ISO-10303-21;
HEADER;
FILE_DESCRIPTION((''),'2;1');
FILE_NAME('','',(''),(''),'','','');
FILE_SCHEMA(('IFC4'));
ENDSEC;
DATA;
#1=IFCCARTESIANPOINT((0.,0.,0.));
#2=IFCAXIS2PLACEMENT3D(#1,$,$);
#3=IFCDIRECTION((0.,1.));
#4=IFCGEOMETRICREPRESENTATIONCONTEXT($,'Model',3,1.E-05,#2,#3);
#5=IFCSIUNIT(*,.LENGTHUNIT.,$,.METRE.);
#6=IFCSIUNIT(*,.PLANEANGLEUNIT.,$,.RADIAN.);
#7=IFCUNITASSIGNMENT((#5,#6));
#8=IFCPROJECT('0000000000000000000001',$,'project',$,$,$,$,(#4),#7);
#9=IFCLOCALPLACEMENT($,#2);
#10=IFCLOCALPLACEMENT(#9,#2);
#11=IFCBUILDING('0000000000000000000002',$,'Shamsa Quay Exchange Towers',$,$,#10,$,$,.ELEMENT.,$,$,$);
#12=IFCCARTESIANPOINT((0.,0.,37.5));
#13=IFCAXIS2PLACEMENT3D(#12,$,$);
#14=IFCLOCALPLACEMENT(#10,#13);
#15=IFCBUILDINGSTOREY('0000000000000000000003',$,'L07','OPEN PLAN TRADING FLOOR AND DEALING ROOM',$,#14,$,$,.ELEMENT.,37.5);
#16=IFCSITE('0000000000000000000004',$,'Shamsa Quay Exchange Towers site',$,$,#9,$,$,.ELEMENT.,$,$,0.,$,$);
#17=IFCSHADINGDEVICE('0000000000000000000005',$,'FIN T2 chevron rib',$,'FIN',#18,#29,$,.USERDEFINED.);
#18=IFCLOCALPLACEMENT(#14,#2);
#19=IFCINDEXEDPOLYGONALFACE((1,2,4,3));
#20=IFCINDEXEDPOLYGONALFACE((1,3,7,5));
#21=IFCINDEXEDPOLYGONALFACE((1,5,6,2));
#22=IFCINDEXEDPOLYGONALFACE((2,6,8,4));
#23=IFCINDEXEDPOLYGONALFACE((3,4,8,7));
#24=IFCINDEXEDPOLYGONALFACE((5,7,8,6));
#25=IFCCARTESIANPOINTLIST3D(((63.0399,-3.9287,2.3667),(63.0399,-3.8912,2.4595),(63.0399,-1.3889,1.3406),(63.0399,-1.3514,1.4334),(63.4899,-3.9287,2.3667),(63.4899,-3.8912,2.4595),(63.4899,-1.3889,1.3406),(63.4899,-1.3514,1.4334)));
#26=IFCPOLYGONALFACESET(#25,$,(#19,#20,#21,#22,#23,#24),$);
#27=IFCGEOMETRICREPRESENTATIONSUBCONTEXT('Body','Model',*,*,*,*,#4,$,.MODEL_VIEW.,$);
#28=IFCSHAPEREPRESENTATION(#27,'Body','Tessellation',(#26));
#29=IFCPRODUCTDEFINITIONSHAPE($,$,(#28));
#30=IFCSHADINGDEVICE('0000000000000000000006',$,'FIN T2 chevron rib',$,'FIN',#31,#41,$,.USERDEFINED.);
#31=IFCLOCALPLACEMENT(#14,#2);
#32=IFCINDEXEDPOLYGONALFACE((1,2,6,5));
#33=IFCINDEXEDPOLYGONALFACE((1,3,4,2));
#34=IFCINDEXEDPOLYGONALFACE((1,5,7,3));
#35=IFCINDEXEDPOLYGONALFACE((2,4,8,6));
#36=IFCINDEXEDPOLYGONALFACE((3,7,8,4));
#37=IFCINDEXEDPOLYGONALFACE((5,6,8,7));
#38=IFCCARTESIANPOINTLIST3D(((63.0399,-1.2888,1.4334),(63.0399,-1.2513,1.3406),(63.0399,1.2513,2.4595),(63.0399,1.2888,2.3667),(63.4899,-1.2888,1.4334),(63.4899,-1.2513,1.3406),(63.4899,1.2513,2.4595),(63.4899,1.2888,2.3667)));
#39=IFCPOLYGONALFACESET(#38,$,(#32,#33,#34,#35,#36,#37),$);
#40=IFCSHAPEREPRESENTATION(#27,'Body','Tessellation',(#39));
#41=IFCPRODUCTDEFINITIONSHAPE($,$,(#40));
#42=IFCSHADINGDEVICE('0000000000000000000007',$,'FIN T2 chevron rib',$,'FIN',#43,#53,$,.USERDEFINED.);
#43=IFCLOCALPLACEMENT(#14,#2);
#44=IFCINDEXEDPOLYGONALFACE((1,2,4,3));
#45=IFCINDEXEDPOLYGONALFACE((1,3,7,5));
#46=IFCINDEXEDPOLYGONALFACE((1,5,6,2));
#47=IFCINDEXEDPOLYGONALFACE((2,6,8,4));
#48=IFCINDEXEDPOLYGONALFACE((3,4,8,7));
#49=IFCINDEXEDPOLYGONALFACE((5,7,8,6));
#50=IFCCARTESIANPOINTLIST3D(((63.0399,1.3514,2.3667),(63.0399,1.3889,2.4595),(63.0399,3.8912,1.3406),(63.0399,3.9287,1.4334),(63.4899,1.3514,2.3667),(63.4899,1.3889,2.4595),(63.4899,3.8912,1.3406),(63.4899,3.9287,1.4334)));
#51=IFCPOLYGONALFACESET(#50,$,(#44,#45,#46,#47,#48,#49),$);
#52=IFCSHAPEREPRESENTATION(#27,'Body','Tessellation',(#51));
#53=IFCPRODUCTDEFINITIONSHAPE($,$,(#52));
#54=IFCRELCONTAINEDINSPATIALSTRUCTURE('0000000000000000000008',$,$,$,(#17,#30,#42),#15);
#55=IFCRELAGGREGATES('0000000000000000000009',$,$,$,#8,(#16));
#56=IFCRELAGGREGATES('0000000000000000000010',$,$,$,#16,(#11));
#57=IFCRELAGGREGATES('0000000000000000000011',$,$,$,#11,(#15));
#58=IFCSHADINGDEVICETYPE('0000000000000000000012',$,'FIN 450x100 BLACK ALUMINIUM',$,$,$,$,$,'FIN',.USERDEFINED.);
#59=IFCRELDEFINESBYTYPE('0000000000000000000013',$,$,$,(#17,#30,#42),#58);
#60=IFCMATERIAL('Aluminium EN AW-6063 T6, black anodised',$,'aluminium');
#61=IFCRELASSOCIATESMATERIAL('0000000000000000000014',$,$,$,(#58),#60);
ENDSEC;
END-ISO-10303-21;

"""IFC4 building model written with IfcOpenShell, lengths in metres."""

from ifc_helpers import new_model, si_unit, direction, frame, origin, origin_2d, place, context, subcontext, project, spatial, rectangle, extrude, material, material_profile, profile_set, type_object, element, save


model = new_model("IFC4")

# Units and contexts
model_context = context("Model", 3, precision=1e-05, world=origin(), true_north=direction((0.0, 1.0)))
body_context = subcontext(model_context, "Body", "Model", "MODEL_VIEW")
ifc_project = project(units=[si_unit("LENGTHUNIT", "METRE"), si_unit("PLANEANGLEUNIT", "RADIAN")], contexts=[model_context])

# Site, building, storey
site_placement = place(None, origin())
site = spatial("IfcSite", under=ifc_project, at=site_placement, Name="Shamsa Quay Exchange Towers site", CompositionType="ELEMENT", RefElevation=0.0)
building_placement = place(site_placement, origin())
building = spatial("IfcBuilding", under=site, at=building_placement, Name="Shamsa Quay Exchange Towers", CompositionType="ELEMENT")
storey_placement = place(building_placement, frame((0.0, 0.0, 37.5)))
storey = spatial("IfcBuildingStorey", under=building, at=storey_placement, Name="L07", Description="OPEN PLAN TRADING FLOOR AND DEALING ROOM", CompositionType="ELEMENT", Elevation=37.5)

# Shared definitions
ifc_material_1 = material(Name="Aluminium EN AW-6063 T6, black anodised", Category="aluminium")

# Shading devices
ifc_material_profile_1 = material_profile(ifc_material_1, rectangle(XDim=0.45, YDim=0.1001, at=origin_2d()), Name="FIN450x100")
ifc_profile_set_1 = profile_set([ifc_material_profile_1], Name="Aluminium EN AW-6063 T6, black anodised")
shading_device_type = type_object("IfcShadingDeviceType", Name="FIN 450x100 BLACK ALUMINIUM", ElementType="FIN", PredefinedType="USERDEFINED", material=ifc_profile_set_1)
shading_device_1_placement = place(storey_placement, frame((63.2649, -3.9099, 2.4131), z_axis=(0.0, 0.927186, -0.3746), x_axis=(-1.0, 0.0, 0.0)))
element("IfcShadingDevice", 1, at=shading_device_1_placement, inside=storey, type_object=shading_device_type, Name="FIN T2 chevron rib", ObjectType="FIN", PredefinedType="USERDEFINED", context=body_context, shape_type="SweptSolid", body=[
    extrude(rectangle(XDim=0.45, YDim=0.1001, at=origin_2d()), origin(), (0.0, 0.0, 1.0), 2.7393),
])
shading_device_2_placement = place(storey_placement, frame((63.2649, -1.27, 1.387), z_axis=(0.0, 0.927199, 0.374569), x_axis=(-1.0, 0.0, 0.0)))
element("IfcShadingDevice", 2, at=shading_device_2_placement, inside=storey, type_object=shading_device_type, Name="FIN T2 chevron rib", ObjectType="FIN", PredefinedType="USERDEFINED", context=body_context, shape_type="SweptSolid", body=[
    extrude(rectangle(XDim=0.45, YDim=0.1001, at=origin_2d()), origin(), (0.0, 0.0, 1.0), 2.7395),
])
shading_device_3_placement = place(storey_placement, frame((63.2649, 1.3701, 2.4131), z_axis=(0.0, 0.927186, -0.3746), x_axis=(-1.0, 0.0, 0.0)))
element("IfcShadingDevice", 3, at=shading_device_3_placement, inside=storey, type_object=shading_device_type, Name="FIN T2 chevron rib", ObjectType="FIN", PredefinedType="USERDEFINED", context=body_context, shape_type="SweptSolid", body=[
    extrude(rectangle(XDim=0.45, YDim=0.1001, at=origin_2d()), origin(), (0.0, 0.0, 1.0), 2.7393),
])

save(model, "model.ifc")
